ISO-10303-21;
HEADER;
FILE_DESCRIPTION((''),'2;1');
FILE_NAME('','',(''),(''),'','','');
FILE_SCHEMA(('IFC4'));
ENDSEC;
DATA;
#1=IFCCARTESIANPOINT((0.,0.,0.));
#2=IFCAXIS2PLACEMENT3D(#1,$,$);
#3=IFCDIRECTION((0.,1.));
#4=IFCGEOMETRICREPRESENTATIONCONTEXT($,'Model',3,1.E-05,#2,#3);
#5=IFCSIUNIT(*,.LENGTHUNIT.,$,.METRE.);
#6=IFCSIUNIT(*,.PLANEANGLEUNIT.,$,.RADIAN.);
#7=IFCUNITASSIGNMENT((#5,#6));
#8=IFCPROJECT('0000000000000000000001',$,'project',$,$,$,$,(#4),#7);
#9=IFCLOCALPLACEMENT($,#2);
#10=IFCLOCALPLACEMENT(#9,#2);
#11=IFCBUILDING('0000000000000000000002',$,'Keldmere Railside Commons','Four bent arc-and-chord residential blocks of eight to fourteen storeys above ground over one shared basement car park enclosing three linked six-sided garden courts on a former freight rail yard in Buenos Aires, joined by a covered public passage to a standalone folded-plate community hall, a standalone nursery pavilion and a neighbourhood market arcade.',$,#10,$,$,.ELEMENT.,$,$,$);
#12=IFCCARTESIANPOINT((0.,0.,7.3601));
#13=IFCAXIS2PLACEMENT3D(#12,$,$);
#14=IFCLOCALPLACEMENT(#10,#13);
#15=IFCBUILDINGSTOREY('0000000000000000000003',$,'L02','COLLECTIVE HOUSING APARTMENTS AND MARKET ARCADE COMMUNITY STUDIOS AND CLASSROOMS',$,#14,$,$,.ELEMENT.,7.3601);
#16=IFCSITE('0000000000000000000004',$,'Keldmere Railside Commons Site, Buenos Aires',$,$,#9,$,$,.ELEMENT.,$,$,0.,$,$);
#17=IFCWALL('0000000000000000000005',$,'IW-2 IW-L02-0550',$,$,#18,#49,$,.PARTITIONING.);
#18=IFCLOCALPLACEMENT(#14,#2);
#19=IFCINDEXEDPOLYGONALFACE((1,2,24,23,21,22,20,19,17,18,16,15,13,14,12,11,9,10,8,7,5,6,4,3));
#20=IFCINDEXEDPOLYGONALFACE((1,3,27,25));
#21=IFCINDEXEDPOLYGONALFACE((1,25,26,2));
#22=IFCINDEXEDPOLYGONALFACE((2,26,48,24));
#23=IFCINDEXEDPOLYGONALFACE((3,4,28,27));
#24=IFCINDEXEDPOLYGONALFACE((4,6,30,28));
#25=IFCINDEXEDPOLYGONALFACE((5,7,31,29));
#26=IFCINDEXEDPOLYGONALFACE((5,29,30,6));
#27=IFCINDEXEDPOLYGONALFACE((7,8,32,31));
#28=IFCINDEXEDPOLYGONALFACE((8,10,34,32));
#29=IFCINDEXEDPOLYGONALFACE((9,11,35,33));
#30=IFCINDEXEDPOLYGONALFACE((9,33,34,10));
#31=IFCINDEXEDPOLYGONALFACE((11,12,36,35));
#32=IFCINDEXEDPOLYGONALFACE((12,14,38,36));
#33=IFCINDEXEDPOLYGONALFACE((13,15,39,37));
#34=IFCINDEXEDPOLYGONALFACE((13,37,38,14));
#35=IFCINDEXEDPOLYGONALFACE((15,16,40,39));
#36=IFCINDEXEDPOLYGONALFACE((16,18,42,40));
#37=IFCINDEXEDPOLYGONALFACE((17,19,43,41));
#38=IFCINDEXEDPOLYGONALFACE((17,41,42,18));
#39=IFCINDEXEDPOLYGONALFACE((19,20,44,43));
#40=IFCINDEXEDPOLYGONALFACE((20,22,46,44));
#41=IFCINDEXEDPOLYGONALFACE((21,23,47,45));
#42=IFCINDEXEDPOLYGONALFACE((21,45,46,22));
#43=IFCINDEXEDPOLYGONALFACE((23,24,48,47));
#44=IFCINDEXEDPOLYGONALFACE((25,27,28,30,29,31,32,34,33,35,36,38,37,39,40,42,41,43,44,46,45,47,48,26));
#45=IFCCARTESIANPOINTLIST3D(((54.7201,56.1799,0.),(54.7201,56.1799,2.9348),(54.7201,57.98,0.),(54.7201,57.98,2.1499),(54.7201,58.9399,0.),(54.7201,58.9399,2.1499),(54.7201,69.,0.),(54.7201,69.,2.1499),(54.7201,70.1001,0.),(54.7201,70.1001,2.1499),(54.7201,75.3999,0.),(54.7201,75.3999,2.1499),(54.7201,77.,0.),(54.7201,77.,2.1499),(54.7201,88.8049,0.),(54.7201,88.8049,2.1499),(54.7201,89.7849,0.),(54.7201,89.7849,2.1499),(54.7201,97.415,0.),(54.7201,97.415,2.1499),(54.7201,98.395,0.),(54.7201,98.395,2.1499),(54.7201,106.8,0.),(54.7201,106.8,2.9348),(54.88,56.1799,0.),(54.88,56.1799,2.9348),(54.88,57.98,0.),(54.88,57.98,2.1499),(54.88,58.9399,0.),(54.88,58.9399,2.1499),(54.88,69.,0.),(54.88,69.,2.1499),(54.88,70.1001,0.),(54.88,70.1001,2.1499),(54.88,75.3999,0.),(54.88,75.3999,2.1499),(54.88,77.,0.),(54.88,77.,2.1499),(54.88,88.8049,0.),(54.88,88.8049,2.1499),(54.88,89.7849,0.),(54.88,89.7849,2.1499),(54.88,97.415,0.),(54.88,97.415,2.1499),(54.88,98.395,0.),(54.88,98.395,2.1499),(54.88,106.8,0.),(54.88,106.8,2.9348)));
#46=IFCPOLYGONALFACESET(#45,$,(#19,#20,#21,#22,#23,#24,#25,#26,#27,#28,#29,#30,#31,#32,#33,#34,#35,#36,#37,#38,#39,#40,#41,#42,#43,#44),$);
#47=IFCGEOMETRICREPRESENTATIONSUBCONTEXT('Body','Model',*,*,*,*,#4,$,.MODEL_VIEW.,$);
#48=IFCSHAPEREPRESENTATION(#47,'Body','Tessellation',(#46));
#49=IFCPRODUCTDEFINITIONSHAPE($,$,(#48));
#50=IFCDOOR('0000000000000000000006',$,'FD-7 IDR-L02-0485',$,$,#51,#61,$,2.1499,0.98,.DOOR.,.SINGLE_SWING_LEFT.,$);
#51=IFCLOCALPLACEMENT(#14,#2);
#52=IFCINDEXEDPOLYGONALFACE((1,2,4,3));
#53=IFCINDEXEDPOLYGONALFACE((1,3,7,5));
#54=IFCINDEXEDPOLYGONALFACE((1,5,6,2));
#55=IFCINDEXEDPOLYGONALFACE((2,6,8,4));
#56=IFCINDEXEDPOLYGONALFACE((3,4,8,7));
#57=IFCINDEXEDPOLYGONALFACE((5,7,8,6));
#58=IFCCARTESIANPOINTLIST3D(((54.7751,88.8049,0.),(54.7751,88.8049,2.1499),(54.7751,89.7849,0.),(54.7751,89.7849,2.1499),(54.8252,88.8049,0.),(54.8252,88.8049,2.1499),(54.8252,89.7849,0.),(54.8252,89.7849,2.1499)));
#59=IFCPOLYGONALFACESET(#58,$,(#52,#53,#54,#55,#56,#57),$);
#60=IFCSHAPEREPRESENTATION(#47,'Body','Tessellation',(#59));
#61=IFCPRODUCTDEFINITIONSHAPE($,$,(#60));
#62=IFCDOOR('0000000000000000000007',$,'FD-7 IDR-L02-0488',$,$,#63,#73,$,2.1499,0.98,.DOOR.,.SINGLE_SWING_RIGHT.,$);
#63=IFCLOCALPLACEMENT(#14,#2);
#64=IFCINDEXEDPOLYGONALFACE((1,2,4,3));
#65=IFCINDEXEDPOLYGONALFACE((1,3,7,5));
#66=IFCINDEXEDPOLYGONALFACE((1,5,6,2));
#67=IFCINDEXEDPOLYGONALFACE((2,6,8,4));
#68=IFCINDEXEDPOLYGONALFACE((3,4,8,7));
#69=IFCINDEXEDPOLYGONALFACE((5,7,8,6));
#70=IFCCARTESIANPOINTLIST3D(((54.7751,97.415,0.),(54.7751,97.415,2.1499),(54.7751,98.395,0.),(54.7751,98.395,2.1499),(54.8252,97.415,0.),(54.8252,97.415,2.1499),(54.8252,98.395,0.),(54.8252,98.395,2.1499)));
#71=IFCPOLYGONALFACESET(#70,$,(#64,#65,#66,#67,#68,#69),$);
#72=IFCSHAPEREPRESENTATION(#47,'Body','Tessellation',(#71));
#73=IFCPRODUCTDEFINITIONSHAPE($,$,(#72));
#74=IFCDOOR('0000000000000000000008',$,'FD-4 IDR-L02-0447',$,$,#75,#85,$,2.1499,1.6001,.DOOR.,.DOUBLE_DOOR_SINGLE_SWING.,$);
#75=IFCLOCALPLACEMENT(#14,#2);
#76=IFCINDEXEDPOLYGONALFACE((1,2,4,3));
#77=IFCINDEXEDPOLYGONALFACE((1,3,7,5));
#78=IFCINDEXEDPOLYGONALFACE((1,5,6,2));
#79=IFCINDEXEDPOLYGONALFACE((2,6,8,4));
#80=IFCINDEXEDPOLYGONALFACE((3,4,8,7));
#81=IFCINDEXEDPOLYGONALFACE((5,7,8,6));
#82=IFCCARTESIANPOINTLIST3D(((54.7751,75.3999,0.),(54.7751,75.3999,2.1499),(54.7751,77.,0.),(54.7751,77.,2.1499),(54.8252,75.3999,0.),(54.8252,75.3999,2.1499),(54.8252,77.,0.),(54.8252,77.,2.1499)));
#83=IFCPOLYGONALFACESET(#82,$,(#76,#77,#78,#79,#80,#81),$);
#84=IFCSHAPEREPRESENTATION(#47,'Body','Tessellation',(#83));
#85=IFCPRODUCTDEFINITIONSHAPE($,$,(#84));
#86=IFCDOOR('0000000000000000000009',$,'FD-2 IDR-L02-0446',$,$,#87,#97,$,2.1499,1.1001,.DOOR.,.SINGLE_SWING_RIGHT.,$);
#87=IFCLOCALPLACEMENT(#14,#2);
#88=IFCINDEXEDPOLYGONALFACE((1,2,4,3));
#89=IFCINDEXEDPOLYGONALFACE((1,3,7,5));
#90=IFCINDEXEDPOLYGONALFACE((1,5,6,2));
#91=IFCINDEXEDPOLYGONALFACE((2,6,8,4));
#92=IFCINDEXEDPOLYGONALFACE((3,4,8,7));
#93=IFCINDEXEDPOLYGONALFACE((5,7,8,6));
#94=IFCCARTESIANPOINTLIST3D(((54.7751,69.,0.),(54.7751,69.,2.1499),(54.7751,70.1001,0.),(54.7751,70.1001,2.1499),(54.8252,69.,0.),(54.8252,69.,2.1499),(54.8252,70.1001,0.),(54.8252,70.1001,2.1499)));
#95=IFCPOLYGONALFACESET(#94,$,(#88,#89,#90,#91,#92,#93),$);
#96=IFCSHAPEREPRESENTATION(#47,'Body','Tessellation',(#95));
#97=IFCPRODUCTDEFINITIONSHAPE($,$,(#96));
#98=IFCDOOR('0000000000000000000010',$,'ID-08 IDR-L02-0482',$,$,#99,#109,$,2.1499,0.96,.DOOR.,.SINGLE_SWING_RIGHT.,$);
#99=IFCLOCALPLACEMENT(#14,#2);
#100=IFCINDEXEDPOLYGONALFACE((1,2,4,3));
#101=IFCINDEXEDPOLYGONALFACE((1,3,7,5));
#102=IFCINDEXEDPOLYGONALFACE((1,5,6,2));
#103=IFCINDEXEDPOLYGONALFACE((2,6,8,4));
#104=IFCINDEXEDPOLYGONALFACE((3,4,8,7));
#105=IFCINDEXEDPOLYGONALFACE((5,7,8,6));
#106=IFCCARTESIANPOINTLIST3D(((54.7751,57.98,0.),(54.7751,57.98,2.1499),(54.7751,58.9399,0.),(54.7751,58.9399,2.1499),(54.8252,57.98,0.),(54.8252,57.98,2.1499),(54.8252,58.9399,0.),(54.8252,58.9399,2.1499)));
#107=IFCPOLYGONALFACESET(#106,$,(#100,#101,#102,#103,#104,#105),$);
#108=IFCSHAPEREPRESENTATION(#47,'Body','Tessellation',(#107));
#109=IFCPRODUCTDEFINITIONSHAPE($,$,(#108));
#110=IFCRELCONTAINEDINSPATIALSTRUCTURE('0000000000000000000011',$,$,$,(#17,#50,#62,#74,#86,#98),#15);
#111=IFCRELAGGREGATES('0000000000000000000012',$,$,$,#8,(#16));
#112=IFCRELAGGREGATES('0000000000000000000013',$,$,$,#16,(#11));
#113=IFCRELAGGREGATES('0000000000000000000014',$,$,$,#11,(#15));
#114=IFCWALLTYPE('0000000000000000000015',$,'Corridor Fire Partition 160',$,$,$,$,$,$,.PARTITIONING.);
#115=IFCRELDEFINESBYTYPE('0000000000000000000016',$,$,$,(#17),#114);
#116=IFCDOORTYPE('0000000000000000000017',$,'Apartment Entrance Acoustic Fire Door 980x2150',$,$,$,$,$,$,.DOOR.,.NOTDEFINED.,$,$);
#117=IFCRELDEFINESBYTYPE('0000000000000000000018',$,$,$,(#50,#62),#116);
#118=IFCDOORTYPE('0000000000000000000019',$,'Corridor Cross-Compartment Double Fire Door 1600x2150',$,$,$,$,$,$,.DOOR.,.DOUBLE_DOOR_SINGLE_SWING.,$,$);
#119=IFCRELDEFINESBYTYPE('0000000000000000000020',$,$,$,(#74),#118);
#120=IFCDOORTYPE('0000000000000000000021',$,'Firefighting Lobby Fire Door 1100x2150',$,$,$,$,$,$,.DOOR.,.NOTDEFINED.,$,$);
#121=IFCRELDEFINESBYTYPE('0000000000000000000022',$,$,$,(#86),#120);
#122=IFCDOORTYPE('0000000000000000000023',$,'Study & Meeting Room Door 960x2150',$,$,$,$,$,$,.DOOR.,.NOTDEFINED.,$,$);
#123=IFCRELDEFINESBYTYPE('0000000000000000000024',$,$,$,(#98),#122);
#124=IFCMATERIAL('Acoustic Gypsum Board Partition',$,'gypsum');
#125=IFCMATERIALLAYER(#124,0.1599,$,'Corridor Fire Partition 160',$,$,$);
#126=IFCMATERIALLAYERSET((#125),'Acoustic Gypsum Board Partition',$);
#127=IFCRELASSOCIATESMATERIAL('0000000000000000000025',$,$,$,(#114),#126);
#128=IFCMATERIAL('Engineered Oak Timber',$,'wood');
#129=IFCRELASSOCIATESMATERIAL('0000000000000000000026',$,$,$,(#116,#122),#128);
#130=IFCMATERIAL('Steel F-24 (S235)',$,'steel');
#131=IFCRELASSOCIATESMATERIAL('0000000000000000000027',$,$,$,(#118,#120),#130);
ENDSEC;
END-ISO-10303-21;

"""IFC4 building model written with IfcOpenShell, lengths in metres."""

from ifc_helpers import new_model, si_unit, direction, frame, frame_2d, origin, place, context, subcontext, project, spatial, rectangle, extrude, material, layer, layer_set, type_object, element, fill, save


model = new_model("IFC4")

# Units and contexts
model_context = context("Model", 3, precision=1e-05, world=origin(), true_north=direction((0.0, 1.0)))
body_context = subcontext(model_context, "Body", "Model", "MODEL_VIEW")
ifc_project = project(units=[si_unit("LENGTHUNIT", "METRE"), si_unit("PLANEANGLEUNIT", "RADIAN")], contexts=[model_context])

# Site, building, storey
site_placement = place(None, origin())
site = spatial("IfcSite", under=ifc_project, at=site_placement, Name="Keldmere Railside Commons Site, Buenos Aires", CompositionType="ELEMENT", RefElevation=0.0)
building_placement = place(site_placement, origin())
building = spatial("IfcBuilding", under=site, at=building_placement, Name="Keldmere Railside Commons", Description="Four bent arc-and-chord residential blocks of eight to fourteen storeys above ground over one shared basement car park enclosing three linked six-sided garden courts on a former freight rail yard in Buenos Aires, joined by a covered public passage to a standalone folded-plate community hall, a standalone nursery pavilion and a neighbourhood market arcade.", CompositionType="ELEMENT")
storey_placement = place(building_placement, frame((0.0, 0.0, 7.3601)))
storey = spatial("IfcBuildingStorey", under=building, at=storey_placement, Name="L02", Description="COLLECTIVE HOUSING APARTMENTS AND MARKET ARCADE COMMUNITY STUDIOS AND CLASSROOMS", CompositionType="ELEMENT", Elevation=7.3601)

# Wall, openings, doors
ifc_material_1 = material(Name="Acoustic Gypsum Board Partition", Category="gypsum")
ifc_layer_1 = layer(ifc_material_1, 0.1599, Name="Corridor Fire Partition 160")
ifc_layer_set_1 = layer_set([ifc_layer_1], Name="Acoustic Gypsum Board Partition")
wall_type_1 = type_object("IfcWallType", Name="Corridor Fire Partition 160", PredefinedType="PARTITIONING", material=ifc_layer_set_1)
wall_1_placement = place(storey_placement, frame((54.8, 56.1799, 0.0), z_axis=(0.0, 0.0, 1.0), x_axis=(0.0, 1.0, 0.0)))
wall_1 = element("IfcWall", 1, at=wall_1_placement, inside=storey, type_object=wall_type_1, Name="IW-2 IW-L02-0550", PredefinedType="PARTITIONING", context=body_context, shape_type="SweptSolid", body=[
    extrude(rectangle(XDim=50.6201, YDim=0.1599, at=frame_2d((25.3101, 0.0))), origin(), (0.0, 0.0, 1.0), 2.9348),
])
opening_1_placement = place(wall_1_placement, frame((12.8201, 0.0, 0.0)))
opening_1 = element("IfcOpeningElement", 2, at=opening_1_placement, cuts=wall_1, PredefinedType="OPENING", context=body_context, shape_type="SweptSolid", body=[
    extrude(rectangle(XDim=1.1001, YDim=2.1499, at=frame_2d((0.55, 1.075))), frame((0.0, 0.0898, 0.0), z_axis=(0.0, -1.0, 0.0), x_axis=(1.0, 0.0, 0.0)), (0.0, 0.0, 1.0), 0.1799),
])
opening_2_placement = place(wall_1_placement, frame((19.22, 0.0, 0.0)))
opening_2 = element("IfcOpeningElement", 3, at=opening_2_placement, cuts=wall_1, PredefinedType="OPENING", context=body_context, shape_type="SweptSolid", body=[
    extrude(rectangle(XDim=1.6001, YDim=2.1499, at=frame_2d((0.8, 1.075))), frame((0.0, 0.0898, 0.0), z_axis=(0.0, -1.0, 0.0), x_axis=(1.0, 0.0, 0.0)), (0.0, 0.0, 1.0), 0.1799),
])
opening_3_placement = place(wall_1_placement, frame((1.8, 0.0, 0.0)))
opening_3 = element("IfcOpeningElement", 4, at=opening_3_placement, cuts=wall_1, PredefinedType="OPENING", context=body_context, shape_type="SweptSolid", body=[
    extrude(rectangle(XDim=0.96, YDim=2.1499, at=frame_2d((0.48, 1.075))), frame((0.0, 0.0898, 0.0), z_axis=(0.0, -1.0, 0.0), x_axis=(1.0, 0.0, 0.0)), (0.0, 0.0, 1.0), 0.1799),
])
opening_4_placement = place(wall_1_placement, frame((32.625, 0.0, 0.0)))
opening_4 = element("IfcOpeningElement", 5, at=opening_4_placement, cuts=wall_1, PredefinedType="OPENING", context=body_context, shape_type="SweptSolid", body=[
    extrude(rectangle(XDim=0.98, YDim=2.1499, at=frame_2d((0.49, 1.075))), frame((0.0, 0.0898, 0.0), z_axis=(0.0, -1.0, 0.0), x_axis=(1.0, 0.0, 0.0)), (0.0, 0.0, 1.0), 0.1799),
])
opening_5_placement = place(wall_1_placement, frame((41.2351, 0.0, 0.0)))
opening_5 = element("IfcOpeningElement", 6, at=opening_5_placement, cuts=wall_1, PredefinedType="OPENING", context=body_context, shape_type="SweptSolid", body=[
    extrude(rectangle(XDim=0.98, YDim=2.1499, at=frame_2d((0.49, 1.075))), frame((0.0, 0.0898, 0.0), z_axis=(0.0, -1.0, 0.0), x_axis=(1.0, 0.0, 0.0)), (0.0, 0.0, 1.0), 0.1799),
])
ifc_material_2 = material(Name="Engineered Oak Timber", Category="wood")
door_type_1 = type_object("IfcDoorType", Name="Apartment Entrance Acoustic Fire Door 980x2150", OperationType="NOTDEFINED", PredefinedType="DOOR", material=ifc_material_2)
door_1_placement = place(opening_4_placement, origin())
door_1 = element("IfcDoor", 7, at=door_1_placement, inside=storey, type_object=door_type_1, Name="FD-7 IDR-L02-0485", OperationType="SINGLE_SWING_LEFT", OverallHeight=2.1499, OverallWidth=0.98, PredefinedType="DOOR", context=body_context, shape_type="SweptSolid", body=[
    extrude(rectangle(XDim=0.98, YDim=2.1499, at=frame_2d((0.49, 1.075))), frame((0.0, 0.0249, 0.0), z_axis=(0.0, -1.0, 0.0), x_axis=(1.0, 0.0, 0.0)), (0.0, 0.0, 1.0), 0.05),
])
fill(opening_4, door_1)
door_2_placement = place(opening_5_placement, origin())
door_2 = element("IfcDoor", 8, at=door_2_placement, inside=storey, type_object=door_type_1, Name="FD-7 IDR-L02-0488", OperationType="SINGLE_SWING_RIGHT", OverallHeight=2.1499, OverallWidth=0.98, PredefinedType="DOOR", context=body_context, shape_type="SweptSolid", body=[
    extrude(rectangle(XDim=0.98, YDim=2.1499, at=frame_2d((0.49, 1.075))), frame((0.0, 0.0249, 0.0), z_axis=(0.0, -1.0, 0.0), x_axis=(1.0, 0.0, 0.0)), (0.0, 0.0, 1.0), 0.05),
])
fill(opening_5, door_2)
ifc_material_3 = material(Name="Steel F-24 (S235)", Category="steel")
door_type_2 = type_object("IfcDoorType", Name="Corridor Cross-Compartment Double Fire Door 1600x2150", OperationType="DOUBLE_DOOR_SINGLE_SWING", PredefinedType="DOOR", material=ifc_material_3)
door_3_placement = place(opening_2_placement, origin())
door_3 = element("IfcDoor", 9, at=door_3_placement, inside=storey, type_object=door_type_2, Name="FD-4 IDR-L02-0447", OperationType="DOUBLE_DOOR_SINGLE_SWING", OverallHeight=2.1499, OverallWidth=1.6001, PredefinedType="DOOR", context=body_context, shape_type="SweptSolid", body=[
    extrude(rectangle(XDim=1.6001, YDim=2.1499, at=frame_2d((0.8, 1.075))), frame((0.0, 0.0249, 0.0), z_axis=(0.0, -1.0, 0.0), x_axis=(1.0, 0.0, 0.0)), (0.0, 0.0, 1.0), 0.05),
])
fill(opening_2, door_3)
door_type_3 = type_object("IfcDoorType", Name="Firefighting Lobby Fire Door 1100x2150", OperationType="NOTDEFINED", PredefinedType="DOOR", material=ifc_material_3)
door_4_placement = place(opening_1_placement, origin())
door_4 = element("IfcDoor", 10, at=door_4_placement, inside=storey, type_object=door_type_3, Name="FD-2 IDR-L02-0446", OperationType="SINGLE_SWING_RIGHT", OverallHeight=2.1499, OverallWidth=1.1001, PredefinedType="DOOR", context=body_context, shape_type="SweptSolid", body=[
    extrude(rectangle(XDim=1.1001, YDim=2.1499, at=frame_2d((0.55, 1.075))), frame((0.0, 0.0249, 0.0), z_axis=(0.0, -1.0, 0.0), x_axis=(1.0, 0.0, 0.0)), (0.0, 0.0, 1.0), 0.05),
])
fill(opening_1, door_4)
door_type_4 = type_object("IfcDoorType", Name="Study & Meeting Room Door 960x2150", OperationType="NOTDEFINED", PredefinedType="DOOR", material=ifc_material_2)
door_5_placement = place(opening_3_placement, origin())
door_5 = element("IfcDoor", 11, at=door_5_placement, inside=storey, type_object=door_type_4, Name="ID-08 IDR-L02-0482", OperationType="SINGLE_SWING_RIGHT", OverallHeight=2.1499, OverallWidth=0.96, PredefinedType="DOOR", context=body_context, shape_type="SweptSolid", body=[
    extrude(rectangle(XDim=0.96, YDim=2.1499, at=frame_2d((0.48, 1.075))), frame((0.0, 0.0249, 0.0), z_axis=(0.0, -1.0, 0.0), x_axis=(1.0, 0.0, 0.0)), (0.0, 0.0, 1.0), 0.05),
])
fill(opening_3, door_5)

save(model, "model.ifc")
